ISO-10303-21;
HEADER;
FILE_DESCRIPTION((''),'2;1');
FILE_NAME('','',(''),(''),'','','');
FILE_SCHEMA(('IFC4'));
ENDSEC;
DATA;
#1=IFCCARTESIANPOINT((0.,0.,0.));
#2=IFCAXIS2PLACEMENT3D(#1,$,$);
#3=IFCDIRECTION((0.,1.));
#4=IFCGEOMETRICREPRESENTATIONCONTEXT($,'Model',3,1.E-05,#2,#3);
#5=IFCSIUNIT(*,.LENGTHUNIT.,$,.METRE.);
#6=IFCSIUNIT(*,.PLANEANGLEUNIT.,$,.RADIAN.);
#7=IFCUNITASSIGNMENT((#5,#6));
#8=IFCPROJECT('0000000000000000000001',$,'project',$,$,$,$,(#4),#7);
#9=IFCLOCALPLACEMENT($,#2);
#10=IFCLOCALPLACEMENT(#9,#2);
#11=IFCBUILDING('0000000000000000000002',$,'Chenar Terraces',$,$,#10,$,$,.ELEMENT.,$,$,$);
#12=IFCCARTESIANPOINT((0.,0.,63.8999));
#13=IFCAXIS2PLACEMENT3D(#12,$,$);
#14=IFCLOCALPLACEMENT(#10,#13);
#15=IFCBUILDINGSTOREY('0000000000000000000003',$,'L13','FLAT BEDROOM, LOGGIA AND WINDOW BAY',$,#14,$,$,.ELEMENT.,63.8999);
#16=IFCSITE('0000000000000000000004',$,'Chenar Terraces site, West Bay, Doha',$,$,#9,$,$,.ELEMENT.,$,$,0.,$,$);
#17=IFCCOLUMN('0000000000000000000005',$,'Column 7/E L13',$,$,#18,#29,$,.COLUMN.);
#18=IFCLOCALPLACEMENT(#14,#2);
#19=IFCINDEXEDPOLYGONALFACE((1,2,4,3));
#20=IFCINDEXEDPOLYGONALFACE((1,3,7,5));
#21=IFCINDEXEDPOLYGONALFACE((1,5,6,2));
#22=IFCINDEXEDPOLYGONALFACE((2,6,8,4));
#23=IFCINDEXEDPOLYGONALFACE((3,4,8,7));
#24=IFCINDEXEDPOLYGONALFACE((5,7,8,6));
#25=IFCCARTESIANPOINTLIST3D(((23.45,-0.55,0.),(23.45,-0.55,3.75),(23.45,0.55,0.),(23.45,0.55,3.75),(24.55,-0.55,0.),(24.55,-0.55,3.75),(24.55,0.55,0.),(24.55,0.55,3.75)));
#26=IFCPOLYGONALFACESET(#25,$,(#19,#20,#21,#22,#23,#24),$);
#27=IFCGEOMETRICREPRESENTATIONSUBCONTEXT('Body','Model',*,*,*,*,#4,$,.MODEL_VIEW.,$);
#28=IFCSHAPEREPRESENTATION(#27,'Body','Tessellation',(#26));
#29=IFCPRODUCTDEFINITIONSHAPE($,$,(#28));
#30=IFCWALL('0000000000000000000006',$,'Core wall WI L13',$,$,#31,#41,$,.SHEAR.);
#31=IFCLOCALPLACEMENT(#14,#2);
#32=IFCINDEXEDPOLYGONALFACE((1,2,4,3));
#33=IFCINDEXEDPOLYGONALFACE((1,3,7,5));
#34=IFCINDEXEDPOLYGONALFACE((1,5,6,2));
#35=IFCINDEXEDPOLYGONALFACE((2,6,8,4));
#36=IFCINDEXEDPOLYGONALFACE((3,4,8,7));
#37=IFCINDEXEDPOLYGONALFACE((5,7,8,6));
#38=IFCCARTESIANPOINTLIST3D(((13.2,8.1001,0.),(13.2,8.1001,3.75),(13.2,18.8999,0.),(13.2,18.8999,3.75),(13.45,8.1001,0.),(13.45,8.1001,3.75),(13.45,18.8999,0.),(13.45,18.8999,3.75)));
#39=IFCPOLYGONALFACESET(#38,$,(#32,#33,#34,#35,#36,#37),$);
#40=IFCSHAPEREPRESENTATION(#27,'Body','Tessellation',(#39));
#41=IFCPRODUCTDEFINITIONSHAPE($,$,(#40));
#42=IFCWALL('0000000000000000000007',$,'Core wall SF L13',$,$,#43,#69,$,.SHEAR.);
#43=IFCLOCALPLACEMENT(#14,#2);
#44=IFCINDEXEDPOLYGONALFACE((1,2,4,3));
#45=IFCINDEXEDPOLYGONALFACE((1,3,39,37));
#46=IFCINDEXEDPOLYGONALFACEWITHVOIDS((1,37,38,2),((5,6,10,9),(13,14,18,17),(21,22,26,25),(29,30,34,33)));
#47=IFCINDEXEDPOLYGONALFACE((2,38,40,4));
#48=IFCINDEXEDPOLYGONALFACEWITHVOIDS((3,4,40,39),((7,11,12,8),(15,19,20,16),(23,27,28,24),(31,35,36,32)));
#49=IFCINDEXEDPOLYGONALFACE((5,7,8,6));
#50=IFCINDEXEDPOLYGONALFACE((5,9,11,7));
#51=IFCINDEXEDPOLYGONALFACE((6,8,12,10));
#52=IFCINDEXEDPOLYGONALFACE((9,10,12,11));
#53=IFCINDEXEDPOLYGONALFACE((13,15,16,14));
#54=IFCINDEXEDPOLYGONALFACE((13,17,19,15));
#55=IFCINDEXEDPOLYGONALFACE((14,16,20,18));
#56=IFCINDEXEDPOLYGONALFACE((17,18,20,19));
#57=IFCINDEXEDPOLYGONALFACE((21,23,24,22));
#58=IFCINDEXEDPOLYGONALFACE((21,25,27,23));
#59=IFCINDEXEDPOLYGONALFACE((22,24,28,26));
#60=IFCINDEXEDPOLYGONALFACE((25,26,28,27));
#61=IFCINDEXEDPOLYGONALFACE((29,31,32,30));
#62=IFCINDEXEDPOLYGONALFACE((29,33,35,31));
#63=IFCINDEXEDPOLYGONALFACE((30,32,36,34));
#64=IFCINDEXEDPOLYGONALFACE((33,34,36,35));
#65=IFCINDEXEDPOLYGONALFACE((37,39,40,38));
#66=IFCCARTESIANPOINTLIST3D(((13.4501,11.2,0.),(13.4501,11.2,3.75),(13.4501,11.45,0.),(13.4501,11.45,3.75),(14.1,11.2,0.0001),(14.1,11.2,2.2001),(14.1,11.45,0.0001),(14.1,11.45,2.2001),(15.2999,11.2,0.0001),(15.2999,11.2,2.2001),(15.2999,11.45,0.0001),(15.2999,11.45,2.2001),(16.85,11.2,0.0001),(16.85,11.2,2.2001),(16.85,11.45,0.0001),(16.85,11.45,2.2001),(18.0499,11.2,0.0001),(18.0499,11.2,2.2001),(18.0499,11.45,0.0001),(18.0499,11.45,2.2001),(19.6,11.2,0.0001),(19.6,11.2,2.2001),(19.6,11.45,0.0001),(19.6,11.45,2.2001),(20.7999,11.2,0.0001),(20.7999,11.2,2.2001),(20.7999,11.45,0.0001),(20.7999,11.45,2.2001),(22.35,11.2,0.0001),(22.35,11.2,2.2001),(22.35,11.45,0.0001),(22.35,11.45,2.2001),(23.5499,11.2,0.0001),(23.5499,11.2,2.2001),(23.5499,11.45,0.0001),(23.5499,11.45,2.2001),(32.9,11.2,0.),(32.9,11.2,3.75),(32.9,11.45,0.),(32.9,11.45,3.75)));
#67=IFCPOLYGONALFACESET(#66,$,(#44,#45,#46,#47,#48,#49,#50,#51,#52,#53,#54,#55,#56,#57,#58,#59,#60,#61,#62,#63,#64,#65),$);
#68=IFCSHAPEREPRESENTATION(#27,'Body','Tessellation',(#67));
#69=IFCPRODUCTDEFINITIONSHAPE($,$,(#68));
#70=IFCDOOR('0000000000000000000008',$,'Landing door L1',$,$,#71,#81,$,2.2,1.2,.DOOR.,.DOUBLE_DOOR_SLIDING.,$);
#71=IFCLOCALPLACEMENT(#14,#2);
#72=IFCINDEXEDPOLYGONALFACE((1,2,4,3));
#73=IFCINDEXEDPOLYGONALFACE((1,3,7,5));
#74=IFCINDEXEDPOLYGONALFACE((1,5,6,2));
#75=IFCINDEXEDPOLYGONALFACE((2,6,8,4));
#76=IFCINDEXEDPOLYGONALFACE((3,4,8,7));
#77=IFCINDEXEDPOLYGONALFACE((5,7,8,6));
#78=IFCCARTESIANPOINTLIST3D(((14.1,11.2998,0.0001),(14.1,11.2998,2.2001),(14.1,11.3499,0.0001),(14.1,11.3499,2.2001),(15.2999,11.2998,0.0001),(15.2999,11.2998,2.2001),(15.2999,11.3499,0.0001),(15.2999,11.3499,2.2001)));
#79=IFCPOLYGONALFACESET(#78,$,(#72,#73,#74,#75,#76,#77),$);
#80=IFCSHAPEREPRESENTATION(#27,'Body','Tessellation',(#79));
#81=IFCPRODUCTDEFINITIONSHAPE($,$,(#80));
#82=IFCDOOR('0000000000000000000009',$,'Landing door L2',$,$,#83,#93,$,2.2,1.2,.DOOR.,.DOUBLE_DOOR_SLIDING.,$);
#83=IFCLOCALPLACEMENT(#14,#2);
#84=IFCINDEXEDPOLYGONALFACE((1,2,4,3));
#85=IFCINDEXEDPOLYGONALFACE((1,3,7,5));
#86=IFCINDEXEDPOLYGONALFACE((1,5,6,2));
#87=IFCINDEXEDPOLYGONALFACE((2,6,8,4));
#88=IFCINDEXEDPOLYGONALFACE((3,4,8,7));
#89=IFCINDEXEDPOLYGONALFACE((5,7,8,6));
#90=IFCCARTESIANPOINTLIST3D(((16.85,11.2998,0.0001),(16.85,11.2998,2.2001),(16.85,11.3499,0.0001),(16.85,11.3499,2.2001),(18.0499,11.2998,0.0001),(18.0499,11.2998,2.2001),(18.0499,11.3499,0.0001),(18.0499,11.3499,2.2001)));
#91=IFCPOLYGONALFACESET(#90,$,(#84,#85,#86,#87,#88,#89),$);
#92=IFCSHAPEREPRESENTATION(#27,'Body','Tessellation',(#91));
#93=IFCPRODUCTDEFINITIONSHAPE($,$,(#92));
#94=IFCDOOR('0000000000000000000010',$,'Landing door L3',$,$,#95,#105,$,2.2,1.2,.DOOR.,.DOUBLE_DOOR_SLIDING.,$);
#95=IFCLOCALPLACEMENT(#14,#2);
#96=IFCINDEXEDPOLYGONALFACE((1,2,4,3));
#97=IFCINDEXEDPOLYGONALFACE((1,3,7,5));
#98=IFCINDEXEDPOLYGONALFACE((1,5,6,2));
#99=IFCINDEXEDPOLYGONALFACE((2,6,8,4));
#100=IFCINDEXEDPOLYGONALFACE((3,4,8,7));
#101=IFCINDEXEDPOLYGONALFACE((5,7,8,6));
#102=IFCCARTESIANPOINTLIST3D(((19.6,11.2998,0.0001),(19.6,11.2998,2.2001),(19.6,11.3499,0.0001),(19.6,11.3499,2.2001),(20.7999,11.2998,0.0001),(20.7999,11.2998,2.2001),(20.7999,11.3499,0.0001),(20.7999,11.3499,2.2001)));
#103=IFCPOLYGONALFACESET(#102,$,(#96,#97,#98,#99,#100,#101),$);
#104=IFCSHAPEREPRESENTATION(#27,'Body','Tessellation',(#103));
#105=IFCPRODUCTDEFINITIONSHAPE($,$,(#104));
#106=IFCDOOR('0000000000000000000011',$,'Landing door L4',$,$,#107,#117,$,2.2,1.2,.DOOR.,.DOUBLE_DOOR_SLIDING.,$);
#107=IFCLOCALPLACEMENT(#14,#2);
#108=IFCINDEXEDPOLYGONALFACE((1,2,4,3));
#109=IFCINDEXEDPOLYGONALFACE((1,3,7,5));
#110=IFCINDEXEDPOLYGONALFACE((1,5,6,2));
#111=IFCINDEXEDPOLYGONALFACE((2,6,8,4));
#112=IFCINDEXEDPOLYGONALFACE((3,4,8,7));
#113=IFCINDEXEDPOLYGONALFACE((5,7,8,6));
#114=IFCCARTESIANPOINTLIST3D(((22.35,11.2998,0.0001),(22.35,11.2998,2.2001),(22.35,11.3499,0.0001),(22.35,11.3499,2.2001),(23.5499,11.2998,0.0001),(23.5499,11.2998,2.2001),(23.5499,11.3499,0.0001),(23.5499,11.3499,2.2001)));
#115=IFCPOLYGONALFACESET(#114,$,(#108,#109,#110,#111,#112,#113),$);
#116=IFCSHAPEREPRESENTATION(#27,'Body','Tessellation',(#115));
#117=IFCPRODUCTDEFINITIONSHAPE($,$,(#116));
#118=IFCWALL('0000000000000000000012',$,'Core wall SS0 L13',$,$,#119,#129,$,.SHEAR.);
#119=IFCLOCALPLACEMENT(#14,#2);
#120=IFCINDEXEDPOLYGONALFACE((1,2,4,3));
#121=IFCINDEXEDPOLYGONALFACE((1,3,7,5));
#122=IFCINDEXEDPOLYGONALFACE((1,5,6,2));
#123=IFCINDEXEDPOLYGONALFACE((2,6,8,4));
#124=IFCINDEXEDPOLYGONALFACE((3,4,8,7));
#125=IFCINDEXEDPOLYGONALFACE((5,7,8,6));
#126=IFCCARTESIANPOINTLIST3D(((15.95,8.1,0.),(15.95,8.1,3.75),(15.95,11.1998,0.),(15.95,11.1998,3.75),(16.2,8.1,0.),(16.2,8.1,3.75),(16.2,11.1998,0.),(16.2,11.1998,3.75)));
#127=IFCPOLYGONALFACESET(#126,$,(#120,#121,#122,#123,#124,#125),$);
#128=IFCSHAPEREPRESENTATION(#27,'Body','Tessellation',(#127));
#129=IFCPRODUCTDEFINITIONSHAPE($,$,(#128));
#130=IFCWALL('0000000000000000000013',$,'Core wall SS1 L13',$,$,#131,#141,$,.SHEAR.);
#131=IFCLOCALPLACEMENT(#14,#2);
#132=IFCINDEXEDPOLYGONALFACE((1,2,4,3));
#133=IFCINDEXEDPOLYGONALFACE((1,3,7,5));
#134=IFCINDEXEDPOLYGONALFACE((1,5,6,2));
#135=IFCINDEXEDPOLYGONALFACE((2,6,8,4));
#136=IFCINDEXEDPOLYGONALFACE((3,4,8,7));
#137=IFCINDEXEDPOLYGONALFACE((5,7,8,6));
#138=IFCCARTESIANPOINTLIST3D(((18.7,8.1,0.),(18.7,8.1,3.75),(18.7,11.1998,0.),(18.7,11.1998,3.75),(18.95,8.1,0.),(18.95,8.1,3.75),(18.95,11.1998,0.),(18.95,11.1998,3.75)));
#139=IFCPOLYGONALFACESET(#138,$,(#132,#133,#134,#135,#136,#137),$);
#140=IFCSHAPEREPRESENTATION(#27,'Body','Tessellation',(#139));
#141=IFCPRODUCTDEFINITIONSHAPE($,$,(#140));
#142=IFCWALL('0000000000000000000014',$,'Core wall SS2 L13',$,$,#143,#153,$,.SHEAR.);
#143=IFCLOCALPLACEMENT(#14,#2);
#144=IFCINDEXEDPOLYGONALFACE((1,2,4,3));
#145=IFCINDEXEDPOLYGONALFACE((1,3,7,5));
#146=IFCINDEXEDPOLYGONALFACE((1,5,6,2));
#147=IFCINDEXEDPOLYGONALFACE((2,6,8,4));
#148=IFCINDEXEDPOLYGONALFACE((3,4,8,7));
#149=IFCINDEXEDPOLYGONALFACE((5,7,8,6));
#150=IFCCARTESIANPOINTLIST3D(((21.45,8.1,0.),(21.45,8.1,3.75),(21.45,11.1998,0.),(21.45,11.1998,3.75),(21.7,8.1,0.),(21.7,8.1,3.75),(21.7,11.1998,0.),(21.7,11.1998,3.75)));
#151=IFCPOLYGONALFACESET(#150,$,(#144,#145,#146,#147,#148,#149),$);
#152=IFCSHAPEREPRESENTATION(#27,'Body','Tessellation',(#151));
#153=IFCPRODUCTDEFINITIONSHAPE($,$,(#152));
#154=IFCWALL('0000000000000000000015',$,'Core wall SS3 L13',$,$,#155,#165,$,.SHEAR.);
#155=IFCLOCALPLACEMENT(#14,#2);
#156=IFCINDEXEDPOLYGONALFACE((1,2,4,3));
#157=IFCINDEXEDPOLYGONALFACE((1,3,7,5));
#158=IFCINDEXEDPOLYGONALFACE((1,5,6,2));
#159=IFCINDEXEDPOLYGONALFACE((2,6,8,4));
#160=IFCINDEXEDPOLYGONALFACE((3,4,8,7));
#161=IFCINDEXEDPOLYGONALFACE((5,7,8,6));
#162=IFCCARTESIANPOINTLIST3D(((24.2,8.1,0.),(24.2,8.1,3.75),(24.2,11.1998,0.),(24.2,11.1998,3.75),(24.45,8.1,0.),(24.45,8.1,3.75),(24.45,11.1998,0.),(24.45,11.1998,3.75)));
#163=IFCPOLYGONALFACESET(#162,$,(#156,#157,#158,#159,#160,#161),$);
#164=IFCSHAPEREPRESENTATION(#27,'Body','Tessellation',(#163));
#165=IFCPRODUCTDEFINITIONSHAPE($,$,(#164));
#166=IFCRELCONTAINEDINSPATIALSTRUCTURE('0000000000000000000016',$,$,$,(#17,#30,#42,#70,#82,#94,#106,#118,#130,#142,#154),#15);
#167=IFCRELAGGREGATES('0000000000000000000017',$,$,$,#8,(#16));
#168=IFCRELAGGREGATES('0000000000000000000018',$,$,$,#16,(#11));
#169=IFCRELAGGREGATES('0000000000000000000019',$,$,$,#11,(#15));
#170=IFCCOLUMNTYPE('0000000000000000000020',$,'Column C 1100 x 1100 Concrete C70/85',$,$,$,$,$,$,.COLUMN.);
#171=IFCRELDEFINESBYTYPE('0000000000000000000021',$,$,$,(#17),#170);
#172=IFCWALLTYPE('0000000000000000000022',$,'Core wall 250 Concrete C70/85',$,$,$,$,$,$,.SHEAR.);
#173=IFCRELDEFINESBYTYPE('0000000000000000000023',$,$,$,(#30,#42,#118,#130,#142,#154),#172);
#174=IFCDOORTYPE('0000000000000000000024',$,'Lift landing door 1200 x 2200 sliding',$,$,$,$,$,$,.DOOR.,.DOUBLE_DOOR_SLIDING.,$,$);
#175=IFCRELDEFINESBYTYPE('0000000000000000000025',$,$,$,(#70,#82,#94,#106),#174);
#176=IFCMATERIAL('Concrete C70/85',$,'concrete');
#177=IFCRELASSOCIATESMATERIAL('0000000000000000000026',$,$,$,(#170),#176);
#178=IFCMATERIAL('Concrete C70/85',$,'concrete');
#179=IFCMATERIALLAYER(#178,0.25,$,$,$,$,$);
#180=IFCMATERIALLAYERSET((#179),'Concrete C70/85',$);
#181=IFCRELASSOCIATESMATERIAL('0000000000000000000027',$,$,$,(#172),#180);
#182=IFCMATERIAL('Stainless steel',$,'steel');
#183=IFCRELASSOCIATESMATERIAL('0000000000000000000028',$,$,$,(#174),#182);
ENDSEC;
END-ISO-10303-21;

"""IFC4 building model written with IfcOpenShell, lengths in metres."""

from ifc_helpers import new_model, si_unit, direction, frame, frame_2d, origin, origin_2d, place, context, subcontext, project, spatial, rectangle, extrude, material, layer, layer_set, material_profile, profile_set, type_object, element, fill, save


model = new_model("IFC4")

# Units and contexts
model_context = context("Model", 3, precision=1e-05, world=origin(), true_north=direction((0.0, 1.0)))
body_context = subcontext(model_context, "Body", "Model", "MODEL_VIEW")
ifc_project = project(units=[si_unit("LENGTHUNIT", "METRE"), si_unit("PLANEANGLEUNIT", "RADIAN")], contexts=[model_context])

# Site, building, storey
site_placement = place(None, origin())
site = spatial("IfcSite", under=ifc_project, at=site_placement, Name="Chenar Terraces site, West Bay, Doha", CompositionType="ELEMENT", RefElevation=0.0)
building_placement = place(site_placement, origin())
building = spatial("IfcBuilding", under=site, at=building_placement, Name="Chenar Terraces", CompositionType="ELEMENT")
storey_placement = place(building_placement, frame((0.0, 0.0, 63.8999)))
storey = spatial("IfcBuildingStorey", under=building, at=storey_placement, Name="L13", Description="FLAT BEDROOM, LOGGIA AND WINDOW BAY", CompositionType="ELEMENT", Elevation=63.8999)

# Column
ifc_material_1 = material(Name="Concrete C70/85", Category="concrete")
ifc_material_profile_1 = material_profile(ifc_material_1, rectangle(XDim=1.1001, YDim=1.1001, at=origin_2d()), Name="C 1100 x 1100")
ifc_profile_set_1 = profile_set([ifc_material_profile_1], Name="Concrete C70/85")
column_type = type_object("IfcColumnType", Name="Column C 1100 x 1100 Concrete C70/85", PredefinedType="COLUMN", material=ifc_profile_set_1)
column_placement = place(storey_placement, frame((24.0, 0.0, 0.0), z_axis=(0.0, 0.0, 1.0), x_axis=(1.0, 0.0, 0.0)))
element("IfcColumn", 1, at=column_placement, inside=storey, type_object=column_type, Name="Column 7/E L13", PredefinedType="COLUMN", context=body_context, shape_type="SweptSolid", body=[
    extrude(rectangle(XDim=1.1001, YDim=1.1001, at=origin_2d()), origin(), (0.0, 0.0, 1.0), 3.75),
])

# Wall
ifc_material_2 = material(Name="Concrete C70/85", Category="concrete")
ifc_layer_1 = layer(ifc_material_2, 0.25)
ifc_layer_set_1 = layer_set([ifc_layer_1], Name="Concrete C70/85")
wall_type_1 = type_object("IfcWallType", Name="Core wall 250 Concrete C70/85", PredefinedType="SHEAR", material=ifc_layer_set_1)
wall_1_placement = place(storey_placement, frame((13.325, 8.1001, 0.0), z_axis=(0.0, 0.0, 1.0), x_axis=(0.0, 1.0, 0.0)))
element("IfcWall", 2, at=wall_1_placement, inside=storey, type_object=wall_type_1, Name="Core wall WI L13", PredefinedType="SHEAR", context=body_context, shape_type="SweptSolid", body=[
    extrude(rectangle(XDim=10.7998, YDim=0.25, at=frame_2d((5.3999, 0.0))), origin(), (0.0, 0.0, 1.0), 3.75),
])

# Wall, openings, doors
wall_2_placement = place(storey_placement, frame((13.45, 11.325, 0.0), z_axis=(0.0, 0.0, 1.0), x_axis=(1.0, 0.0, 0.0)))
wall_2 = element("IfcWall", 3, at=wall_2_placement, inside=storey, type_object=wall_type_1, Name="Core wall SF L13", PredefinedType="SHEAR", context=body_context, shape_type="SweptSolid", body=[
    extrude(rectangle(XDim=19.45, YDim=0.25, at=frame_2d((9.7251, 0.0))), origin(), (0.0, 0.0, 1.0), 3.75),
])
opening_1_placement = place(wall_2_placement, frame((0.6499, 0.0, 0.0)))
opening_1 = element("IfcOpeningElement", 4, at=opening_1_placement, cuts=wall_2, PredefinedType="OPENING", context=body_context, shape_type="SweptSolid", body=[
    extrude(rectangle(XDim=1.2, YDim=2.2, at=frame_2d((0.6001, 1.1001))), frame((0.0, 0.135, 0.0), z_axis=(0.0, -1.0, 0.0), x_axis=(1.0, 0.0, 0.0)), (0.0, 0.0, 1.0), 0.27),
])
opening_2_placement = place(wall_2_placement, frame((3.3999, 0.0, 0.0)))
opening_2 = element("IfcOpeningElement", 5, at=opening_2_placement, cuts=wall_2, PredefinedType="OPENING", context=body_context, shape_type="SweptSolid", body=[
    extrude(rectangle(XDim=1.2, YDim=2.2, at=frame_2d((0.6001, 1.1001))), frame((0.0, 0.135, 0.0), z_axis=(0.0, -1.0, 0.0), x_axis=(1.0, 0.0, 0.0)), (0.0, 0.0, 1.0), 0.27),
])
opening_3_placement = place(wall_2_placement, frame((6.1499, 0.0, 0.0)))
opening_3 = element("IfcOpeningElement", 6, at=opening_3_placement, cuts=wall_2, PredefinedType="OPENING", context=body_context, shape_type="SweptSolid", body=[
    extrude(rectangle(XDim=1.2, YDim=2.2, at=frame_2d((0.6001, 1.1001))), frame((0.0, 0.135, 0.0), z_axis=(0.0, -1.0, 0.0), x_axis=(1.0, 0.0, 0.0)), (0.0, 0.0, 1.0), 0.27),
])
opening_4_placement = place(wall_2_placement, frame((8.8999, 0.0, 0.0)))
opening_4 = element("IfcOpeningElement", 7, at=opening_4_placement, cuts=wall_2, PredefinedType="OPENING", context=body_context, shape_type="SweptSolid", body=[
    extrude(rectangle(XDim=1.2, YDim=2.2, at=frame_2d((0.6001, 1.1001))), frame((0.0, 0.135, 0.0), z_axis=(0.0, -1.0, 0.0), x_axis=(1.0, 0.0, 0.0)), (0.0, 0.0, 1.0), 0.27),
])
ifc_material_3 = material(Name="Stainless steel", Category="steel")
door_type_1 = type_object("IfcDoorType", Name="Lift landing door 1200 x 2200 sliding", OperationType="DOUBLE_DOOR_SLIDING", PredefinedType="DOOR", material=ifc_material_3)
door_1_placement = place(opening_1_placement, origin())
door_1 = element("IfcDoor", 8, at=door_1_placement, inside=storey, type_object=door_type_1, Name="Landing door L1", OperationType="DOUBLE_DOOR_SLIDING", OverallHeight=2.2, OverallWidth=1.2, PredefinedType="DOOR", context=body_context, shape_type="SweptSolid", body=[
    extrude(rectangle(XDim=1.2, YDim=2.2, at=frame_2d((0.6001, 1.1001))), frame((0.0, 0.0249, 0.0), z_axis=(0.0, -1.0, 0.0), x_axis=(1.0, 0.0, 0.0)), (0.0, 0.0, 1.0), 0.05),
])
fill(opening_1, door_1)
door_2_placement = place(opening_2_placement, origin())
door_2 = element("IfcDoor", 9, at=door_2_placement, inside=storey, type_object=door_type_1, Name="Landing door L2", OperationType="DOUBLE_DOOR_SLIDING", OverallHeight=2.2, OverallWidth=1.2, PredefinedType="DOOR", context=body_context, shape_type="SweptSolid", body=[
    extrude(rectangle(XDim=1.2, YDim=2.2, at=frame_2d((0.6001, 1.1001))), frame((0.0, 0.0249, 0.0), z_axis=(0.0, -1.0, 0.0), x_axis=(1.0, 0.0, 0.0)), (0.0, 0.0, 1.0), 0.05),
])
fill(opening_2, door_2)
door_3_placement = place(opening_3_placement, origin())
door_3 = element("IfcDoor", 10, at=door_3_placement, inside=storey, type_object=door_type_1, Name="Landing door L3", OperationType="DOUBLE_DOOR_SLIDING", OverallHeight=2.2, OverallWidth=1.2, PredefinedType="DOOR", context=body_context, shape_type="SweptSolid", body=[
    extrude(rectangle(XDim=1.2, YDim=2.2, at=frame_2d((0.6001, 1.1001))), frame((0.0, 0.0249, 0.0), z_axis=(0.0, -1.0, 0.0), x_axis=(1.0, 0.0, 0.0)), (0.0, 0.0, 1.0), 0.05),
])
fill(opening_3, door_3)
door_4_placement = place(opening_4_placement, origin())
door_4 = element("IfcDoor", 11, at=door_4_placement, inside=storey, type_object=door_type_1, Name="Landing door L4", OperationType="DOUBLE_DOOR_SLIDING", OverallHeight=2.2, OverallWidth=1.2, PredefinedType="DOOR", context=body_context, shape_type="SweptSolid", body=[
    extrude(rectangle(XDim=1.2, YDim=2.2, at=frame_2d((0.6001, 1.1001))), frame((0.0, 0.0249, 0.0), z_axis=(0.0, -1.0, 0.0), x_axis=(1.0, 0.0, 0.0)), (0.0, 0.0, 1.0), 0.05),
])
fill(opening_4, door_4)

# Walls
for number, where, z_axis, x_axis, name in (
    (12, (16.075, 8.1001, 0.0), (0.0, 0.0, 1.0), (0.0, 1.0, 0.0), "Core wall SS0 L13"),
    (13, (18.825, 8.1001, 0.0), (0.0, 0.0, 1.0), (0.0, 1.0, 0.0), "Core wall SS1 L13"),
    (14, (21.575, 8.1001, 0.0), (0.0, 0.0, 1.0), (0.0, 1.0, 0.0), "Core wall SS2 L13"),
    (15, (24.325, 8.1001, 0.0), (0.0, 0.0, 1.0), (0.0, 1.0, 0.0), "Core wall SS3 L13"),
):
    element("IfcWall", number, at=place(storey_placement, frame(where, z_axis=z_axis, x_axis=x_axis)), inside=storey, type_object=wall_type_1, Name=name, PredefinedType="SHEAR", context=body_context, shape_type="SweptSolid", body=[
        extrude(rectangle(XDim=3.0999, YDim=0.25, at=frame_2d((1.5498, 0.0))), origin(), (0.0, 0.0, 1.0), 3.75),
    ])

save(model, "model.ifc")
